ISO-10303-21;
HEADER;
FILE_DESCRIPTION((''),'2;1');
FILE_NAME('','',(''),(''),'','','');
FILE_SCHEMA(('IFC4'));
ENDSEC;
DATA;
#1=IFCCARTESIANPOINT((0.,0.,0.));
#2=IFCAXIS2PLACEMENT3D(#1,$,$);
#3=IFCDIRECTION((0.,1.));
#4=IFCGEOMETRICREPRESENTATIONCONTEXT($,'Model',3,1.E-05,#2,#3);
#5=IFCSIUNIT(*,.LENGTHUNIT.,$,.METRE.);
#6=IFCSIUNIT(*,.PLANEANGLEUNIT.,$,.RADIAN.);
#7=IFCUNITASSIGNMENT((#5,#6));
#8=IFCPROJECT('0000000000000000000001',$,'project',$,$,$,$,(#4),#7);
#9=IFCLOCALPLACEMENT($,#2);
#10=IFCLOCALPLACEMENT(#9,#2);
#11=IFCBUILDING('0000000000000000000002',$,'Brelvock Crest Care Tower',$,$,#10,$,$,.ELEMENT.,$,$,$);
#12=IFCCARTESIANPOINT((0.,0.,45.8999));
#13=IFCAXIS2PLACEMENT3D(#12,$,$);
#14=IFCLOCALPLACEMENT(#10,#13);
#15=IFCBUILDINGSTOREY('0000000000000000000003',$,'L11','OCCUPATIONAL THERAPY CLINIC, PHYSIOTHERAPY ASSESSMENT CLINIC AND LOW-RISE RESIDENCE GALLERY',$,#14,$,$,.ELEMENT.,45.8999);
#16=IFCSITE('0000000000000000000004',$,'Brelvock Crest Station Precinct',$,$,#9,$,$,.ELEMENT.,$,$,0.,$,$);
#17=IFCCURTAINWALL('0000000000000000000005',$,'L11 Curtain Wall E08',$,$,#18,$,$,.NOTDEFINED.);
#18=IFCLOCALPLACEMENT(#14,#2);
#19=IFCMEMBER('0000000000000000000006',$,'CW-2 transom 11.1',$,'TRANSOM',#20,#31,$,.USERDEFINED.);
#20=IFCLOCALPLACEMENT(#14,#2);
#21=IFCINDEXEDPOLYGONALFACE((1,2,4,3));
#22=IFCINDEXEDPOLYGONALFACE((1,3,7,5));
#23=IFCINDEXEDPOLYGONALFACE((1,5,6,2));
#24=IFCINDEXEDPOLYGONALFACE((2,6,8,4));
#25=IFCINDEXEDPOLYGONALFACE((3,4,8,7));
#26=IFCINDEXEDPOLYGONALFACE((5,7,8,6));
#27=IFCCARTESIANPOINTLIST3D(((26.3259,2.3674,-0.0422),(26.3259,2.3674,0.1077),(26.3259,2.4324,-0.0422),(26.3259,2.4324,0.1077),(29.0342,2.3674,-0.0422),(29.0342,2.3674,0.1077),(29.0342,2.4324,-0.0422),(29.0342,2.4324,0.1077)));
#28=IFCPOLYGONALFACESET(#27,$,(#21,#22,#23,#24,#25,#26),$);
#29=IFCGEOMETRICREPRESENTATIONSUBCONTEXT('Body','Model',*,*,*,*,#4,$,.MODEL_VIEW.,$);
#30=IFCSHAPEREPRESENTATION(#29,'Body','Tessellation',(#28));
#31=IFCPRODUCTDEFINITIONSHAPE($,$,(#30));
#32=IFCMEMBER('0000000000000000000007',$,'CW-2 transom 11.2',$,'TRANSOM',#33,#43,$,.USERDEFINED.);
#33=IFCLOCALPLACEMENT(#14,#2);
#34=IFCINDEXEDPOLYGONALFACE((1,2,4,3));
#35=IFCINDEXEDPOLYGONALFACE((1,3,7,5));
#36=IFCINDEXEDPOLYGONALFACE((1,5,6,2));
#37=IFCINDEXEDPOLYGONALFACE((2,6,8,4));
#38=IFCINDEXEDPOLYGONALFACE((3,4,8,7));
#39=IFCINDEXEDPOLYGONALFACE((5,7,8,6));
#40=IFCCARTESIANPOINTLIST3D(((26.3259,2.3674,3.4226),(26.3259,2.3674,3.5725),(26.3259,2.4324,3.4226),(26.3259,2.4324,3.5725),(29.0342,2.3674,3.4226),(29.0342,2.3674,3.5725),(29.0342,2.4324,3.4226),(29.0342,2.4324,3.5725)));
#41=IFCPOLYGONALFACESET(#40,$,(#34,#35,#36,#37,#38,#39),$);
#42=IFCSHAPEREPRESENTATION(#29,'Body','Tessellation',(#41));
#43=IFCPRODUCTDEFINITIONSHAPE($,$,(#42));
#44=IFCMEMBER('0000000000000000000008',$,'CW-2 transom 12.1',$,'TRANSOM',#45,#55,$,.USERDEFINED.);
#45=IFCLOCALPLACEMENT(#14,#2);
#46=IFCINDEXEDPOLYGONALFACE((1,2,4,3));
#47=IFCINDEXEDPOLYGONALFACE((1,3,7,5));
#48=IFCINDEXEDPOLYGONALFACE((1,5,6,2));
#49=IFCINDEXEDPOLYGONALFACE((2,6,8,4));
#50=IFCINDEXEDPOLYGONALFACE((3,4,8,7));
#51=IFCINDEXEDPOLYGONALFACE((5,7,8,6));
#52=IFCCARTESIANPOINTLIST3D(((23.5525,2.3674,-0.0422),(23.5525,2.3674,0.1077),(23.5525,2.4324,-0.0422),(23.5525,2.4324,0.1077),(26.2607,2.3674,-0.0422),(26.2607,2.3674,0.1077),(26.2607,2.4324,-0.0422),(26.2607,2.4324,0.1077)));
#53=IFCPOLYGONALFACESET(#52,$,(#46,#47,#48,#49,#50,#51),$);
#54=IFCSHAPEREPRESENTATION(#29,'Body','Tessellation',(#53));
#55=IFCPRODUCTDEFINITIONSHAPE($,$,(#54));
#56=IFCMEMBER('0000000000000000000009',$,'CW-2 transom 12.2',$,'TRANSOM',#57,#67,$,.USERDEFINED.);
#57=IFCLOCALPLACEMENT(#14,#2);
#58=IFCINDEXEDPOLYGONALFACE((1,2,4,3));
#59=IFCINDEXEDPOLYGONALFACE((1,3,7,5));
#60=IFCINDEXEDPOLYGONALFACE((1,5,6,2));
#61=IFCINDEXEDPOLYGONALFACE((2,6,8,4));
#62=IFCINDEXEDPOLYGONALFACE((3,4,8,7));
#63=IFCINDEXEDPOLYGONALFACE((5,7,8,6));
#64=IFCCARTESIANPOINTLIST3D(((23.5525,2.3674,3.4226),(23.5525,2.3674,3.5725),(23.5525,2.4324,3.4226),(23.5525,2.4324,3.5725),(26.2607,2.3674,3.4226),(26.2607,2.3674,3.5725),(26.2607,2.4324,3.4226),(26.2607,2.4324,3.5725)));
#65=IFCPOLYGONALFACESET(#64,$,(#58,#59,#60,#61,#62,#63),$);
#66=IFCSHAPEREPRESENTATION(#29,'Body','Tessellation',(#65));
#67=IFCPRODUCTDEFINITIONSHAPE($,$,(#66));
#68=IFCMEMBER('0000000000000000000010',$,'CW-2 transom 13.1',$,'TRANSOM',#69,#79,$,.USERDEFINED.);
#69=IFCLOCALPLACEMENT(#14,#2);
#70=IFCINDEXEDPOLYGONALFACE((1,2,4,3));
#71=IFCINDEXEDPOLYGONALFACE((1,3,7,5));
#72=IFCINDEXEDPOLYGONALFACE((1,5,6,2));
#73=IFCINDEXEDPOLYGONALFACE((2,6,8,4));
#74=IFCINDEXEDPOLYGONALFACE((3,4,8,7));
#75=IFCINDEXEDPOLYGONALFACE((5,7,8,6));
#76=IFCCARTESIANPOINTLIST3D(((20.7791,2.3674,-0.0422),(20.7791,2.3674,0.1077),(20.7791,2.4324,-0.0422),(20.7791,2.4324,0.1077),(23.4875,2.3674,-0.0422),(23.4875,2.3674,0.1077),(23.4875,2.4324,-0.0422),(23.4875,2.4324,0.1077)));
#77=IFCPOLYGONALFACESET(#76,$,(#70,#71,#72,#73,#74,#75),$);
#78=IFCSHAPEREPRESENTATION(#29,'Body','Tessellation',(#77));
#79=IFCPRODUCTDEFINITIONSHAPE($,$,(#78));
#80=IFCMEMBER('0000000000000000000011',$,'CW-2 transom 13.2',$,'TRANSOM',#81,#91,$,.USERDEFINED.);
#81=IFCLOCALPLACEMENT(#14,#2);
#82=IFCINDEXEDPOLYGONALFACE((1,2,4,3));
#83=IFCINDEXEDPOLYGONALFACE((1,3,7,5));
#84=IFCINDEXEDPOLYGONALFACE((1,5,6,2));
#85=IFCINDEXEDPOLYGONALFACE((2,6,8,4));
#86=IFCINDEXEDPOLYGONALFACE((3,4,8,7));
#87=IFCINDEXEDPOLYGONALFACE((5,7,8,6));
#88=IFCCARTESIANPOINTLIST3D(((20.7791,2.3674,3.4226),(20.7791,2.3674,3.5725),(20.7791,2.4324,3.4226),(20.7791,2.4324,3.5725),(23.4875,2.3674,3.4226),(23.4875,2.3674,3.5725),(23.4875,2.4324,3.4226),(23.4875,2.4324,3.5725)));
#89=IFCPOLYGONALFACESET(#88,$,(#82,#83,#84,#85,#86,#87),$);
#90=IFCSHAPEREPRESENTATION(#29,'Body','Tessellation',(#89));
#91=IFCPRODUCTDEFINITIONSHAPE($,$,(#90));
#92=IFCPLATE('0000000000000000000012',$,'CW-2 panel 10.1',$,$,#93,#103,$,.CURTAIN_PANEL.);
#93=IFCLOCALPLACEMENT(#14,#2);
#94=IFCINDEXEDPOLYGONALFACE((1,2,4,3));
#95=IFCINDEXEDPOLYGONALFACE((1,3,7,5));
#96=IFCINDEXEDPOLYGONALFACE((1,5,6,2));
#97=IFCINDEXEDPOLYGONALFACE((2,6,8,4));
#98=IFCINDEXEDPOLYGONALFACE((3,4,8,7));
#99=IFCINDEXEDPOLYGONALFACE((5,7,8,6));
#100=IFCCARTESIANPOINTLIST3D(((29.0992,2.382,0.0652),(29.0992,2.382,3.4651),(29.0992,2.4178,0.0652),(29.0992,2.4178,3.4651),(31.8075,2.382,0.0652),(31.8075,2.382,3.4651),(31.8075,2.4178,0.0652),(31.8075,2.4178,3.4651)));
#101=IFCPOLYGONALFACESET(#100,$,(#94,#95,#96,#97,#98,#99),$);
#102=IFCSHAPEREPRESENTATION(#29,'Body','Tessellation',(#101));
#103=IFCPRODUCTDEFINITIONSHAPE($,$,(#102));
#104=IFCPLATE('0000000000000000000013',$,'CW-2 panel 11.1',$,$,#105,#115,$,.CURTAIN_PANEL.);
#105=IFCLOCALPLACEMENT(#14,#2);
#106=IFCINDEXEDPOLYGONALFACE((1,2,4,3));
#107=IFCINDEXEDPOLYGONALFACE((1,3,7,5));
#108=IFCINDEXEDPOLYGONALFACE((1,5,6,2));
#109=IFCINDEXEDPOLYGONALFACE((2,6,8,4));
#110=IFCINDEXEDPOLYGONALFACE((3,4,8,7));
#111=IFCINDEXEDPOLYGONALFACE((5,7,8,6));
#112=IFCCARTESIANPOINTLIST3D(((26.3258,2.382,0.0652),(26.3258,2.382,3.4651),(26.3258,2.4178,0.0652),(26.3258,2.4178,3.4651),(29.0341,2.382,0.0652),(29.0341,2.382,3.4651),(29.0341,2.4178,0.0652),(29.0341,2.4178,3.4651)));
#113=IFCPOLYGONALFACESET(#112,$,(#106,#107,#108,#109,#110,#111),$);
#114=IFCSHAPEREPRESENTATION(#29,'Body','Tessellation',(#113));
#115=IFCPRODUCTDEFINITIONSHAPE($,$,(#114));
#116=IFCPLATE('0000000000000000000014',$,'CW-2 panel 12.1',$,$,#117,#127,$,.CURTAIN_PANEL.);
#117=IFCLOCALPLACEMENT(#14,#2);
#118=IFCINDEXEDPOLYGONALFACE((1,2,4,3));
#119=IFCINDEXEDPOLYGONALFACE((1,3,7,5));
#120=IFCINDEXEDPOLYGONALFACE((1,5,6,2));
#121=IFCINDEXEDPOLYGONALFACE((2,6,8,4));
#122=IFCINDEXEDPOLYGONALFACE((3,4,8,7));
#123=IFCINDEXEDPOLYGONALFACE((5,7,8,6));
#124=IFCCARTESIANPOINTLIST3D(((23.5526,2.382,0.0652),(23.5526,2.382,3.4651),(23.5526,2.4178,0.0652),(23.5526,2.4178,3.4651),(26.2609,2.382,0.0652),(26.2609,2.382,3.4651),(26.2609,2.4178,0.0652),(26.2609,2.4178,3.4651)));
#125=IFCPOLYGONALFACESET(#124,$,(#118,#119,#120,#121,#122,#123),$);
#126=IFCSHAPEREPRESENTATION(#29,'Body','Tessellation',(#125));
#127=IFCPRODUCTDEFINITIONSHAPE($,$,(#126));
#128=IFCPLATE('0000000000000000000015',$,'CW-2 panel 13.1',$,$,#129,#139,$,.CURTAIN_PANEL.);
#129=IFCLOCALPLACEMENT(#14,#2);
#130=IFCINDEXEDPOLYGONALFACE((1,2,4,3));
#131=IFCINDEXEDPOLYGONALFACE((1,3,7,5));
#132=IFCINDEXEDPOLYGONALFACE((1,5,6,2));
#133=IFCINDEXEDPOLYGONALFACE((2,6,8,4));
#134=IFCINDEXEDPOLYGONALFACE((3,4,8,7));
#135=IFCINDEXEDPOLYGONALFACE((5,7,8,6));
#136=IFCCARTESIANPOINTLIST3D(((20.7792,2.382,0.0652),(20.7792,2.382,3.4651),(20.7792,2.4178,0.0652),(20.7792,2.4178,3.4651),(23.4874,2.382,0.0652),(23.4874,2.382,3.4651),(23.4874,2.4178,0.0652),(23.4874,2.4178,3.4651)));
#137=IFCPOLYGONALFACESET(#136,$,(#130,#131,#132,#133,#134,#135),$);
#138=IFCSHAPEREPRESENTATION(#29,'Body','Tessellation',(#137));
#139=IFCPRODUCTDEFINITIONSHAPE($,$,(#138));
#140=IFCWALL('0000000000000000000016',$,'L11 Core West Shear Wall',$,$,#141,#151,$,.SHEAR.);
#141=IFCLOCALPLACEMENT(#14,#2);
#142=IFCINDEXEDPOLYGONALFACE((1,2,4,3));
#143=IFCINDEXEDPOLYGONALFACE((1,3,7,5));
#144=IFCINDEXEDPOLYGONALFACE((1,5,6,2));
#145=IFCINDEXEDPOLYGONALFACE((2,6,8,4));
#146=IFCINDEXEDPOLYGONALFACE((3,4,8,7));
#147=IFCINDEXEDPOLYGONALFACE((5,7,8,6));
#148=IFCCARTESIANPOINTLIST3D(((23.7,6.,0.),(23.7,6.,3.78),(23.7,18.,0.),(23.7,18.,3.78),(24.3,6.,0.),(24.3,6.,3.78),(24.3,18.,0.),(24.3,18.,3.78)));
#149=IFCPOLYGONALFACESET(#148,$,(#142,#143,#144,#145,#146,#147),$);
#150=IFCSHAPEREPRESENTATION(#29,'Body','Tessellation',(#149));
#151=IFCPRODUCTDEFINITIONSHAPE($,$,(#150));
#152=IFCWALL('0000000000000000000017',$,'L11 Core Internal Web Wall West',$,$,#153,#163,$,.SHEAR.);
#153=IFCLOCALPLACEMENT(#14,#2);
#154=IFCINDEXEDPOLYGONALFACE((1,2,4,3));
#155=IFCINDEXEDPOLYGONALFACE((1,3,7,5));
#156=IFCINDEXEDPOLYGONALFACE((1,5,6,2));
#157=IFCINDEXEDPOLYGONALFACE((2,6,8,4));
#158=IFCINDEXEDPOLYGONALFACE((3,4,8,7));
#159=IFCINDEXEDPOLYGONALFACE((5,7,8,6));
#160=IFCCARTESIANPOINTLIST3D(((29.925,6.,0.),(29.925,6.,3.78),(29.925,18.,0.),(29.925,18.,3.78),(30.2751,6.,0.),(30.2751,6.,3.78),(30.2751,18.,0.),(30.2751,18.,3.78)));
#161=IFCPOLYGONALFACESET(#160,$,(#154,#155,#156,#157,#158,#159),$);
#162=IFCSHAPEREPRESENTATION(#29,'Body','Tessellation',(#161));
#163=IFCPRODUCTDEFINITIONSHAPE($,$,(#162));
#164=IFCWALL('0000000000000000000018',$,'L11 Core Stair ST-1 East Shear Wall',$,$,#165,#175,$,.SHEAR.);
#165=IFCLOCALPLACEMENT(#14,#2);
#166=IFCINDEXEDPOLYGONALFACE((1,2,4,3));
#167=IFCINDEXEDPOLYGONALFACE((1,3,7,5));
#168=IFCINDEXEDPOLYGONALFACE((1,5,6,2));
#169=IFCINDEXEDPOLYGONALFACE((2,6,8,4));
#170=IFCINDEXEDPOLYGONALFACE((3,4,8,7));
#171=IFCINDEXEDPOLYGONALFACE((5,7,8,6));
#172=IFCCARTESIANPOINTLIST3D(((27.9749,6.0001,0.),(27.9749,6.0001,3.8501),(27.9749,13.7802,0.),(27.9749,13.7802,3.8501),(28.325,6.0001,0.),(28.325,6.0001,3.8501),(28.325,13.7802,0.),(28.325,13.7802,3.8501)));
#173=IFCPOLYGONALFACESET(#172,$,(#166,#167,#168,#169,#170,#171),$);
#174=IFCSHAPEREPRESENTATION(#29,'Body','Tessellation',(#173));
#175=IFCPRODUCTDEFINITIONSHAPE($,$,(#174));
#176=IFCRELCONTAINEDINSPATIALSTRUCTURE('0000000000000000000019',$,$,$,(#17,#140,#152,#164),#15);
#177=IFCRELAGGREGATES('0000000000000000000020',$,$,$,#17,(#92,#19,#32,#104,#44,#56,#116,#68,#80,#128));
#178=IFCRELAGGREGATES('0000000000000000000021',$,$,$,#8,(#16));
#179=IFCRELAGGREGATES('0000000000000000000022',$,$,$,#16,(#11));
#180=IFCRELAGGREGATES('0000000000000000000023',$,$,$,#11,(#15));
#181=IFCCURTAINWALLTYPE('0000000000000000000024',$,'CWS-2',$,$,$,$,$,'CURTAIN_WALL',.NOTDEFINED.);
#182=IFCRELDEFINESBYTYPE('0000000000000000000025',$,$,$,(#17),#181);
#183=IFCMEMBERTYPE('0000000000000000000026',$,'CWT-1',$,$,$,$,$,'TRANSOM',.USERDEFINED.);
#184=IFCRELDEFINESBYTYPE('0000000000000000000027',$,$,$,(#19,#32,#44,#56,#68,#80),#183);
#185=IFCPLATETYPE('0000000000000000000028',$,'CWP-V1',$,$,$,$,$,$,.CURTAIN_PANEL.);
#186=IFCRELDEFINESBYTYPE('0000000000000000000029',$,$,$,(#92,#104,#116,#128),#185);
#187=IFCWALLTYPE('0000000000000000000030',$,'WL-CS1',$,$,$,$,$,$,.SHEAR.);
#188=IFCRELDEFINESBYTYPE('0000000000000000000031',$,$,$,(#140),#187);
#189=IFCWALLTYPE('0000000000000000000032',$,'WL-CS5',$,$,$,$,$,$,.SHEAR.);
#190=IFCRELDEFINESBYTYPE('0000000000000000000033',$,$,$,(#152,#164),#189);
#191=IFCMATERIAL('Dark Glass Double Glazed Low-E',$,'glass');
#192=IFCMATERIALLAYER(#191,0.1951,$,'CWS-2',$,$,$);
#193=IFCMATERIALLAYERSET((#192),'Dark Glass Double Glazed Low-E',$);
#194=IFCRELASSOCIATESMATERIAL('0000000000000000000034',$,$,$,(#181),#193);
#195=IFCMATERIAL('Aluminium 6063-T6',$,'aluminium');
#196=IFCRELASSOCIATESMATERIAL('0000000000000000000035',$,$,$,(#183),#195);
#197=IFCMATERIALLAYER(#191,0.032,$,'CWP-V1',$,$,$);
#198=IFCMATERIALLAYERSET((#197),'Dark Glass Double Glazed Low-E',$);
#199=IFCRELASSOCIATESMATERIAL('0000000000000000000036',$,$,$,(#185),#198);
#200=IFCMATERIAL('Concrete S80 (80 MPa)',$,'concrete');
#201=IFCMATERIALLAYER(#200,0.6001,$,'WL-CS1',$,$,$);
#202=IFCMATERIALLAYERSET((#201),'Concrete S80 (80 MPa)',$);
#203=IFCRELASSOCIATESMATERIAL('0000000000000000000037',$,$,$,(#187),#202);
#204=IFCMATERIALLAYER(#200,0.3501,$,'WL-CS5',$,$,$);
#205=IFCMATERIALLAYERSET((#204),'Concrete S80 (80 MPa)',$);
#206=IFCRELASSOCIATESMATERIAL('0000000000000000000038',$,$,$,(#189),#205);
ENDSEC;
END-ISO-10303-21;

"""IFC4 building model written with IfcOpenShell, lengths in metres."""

from ifc_helpers import new_model, si_unit, direction, frame, frame_2d, origin, origin_2d, place, context, subcontext, project, spatial, rectangle, extrude, source, transform, mapped, material, layer, layer_set, material_profile, profile_set, type_object, element, aggregate, save


model = new_model("IFC4")

# Units and contexts
model_context = context("Model", 3, precision=1e-05, world=origin(), true_north=direction((0.0, 1.0)))
body_context = subcontext(model_context, "Body", "Model", "MODEL_VIEW")
ifc_project = project(units=[si_unit("LENGTHUNIT", "METRE"), si_unit("PLANEANGLEUNIT", "RADIAN")], contexts=[model_context])

# Site, building, storey
site_placement = place(None, origin())
site = spatial("IfcSite", under=ifc_project, at=site_placement, Name="Brelvock Crest Station Precinct", CompositionType="ELEMENT", RefElevation=0.0)
building_placement = place(site_placement, origin())
building = spatial("IfcBuilding", under=site, at=building_placement, Name="Brelvock Crest Care Tower", CompositionType="ELEMENT")
storey_placement = place(building_placement, frame((0.0, 0.0, 45.8999)))
storey = spatial("IfcBuildingStorey", under=building, at=storey_placement, Name="L11", Description="OCCUPATIONAL THERAPY CLINIC, PHYSIOTHERAPY ASSESSMENT CLINIC AND LOW-RISE RESIDENCE GALLERY", CompositionType="ELEMENT", Elevation=45.8999)

# Shared definitions
ifc_material_1 = material(Name="Concrete S80 (80 MPa)", Category="concrete")

# Curtain wall, members, plates
ifc_material_2 = material(Name="Dark Glass Double Glazed Low-E", Category="glass")
ifc_layer_1 = layer(ifc_material_2, 0.1951, Name="CWS-2")
ifc_layer_set_1 = layer_set([ifc_layer_1], Name="Dark Glass Double Glazed Low-E")
curtain_wall_type = type_object("IfcCurtainWallType", Name="CWS-2", ElementType="CURTAIN_WALL", PredefinedType="NOTDEFINED", material=ifc_layer_set_1)
curtain_wall_placement = place(storey_placement, origin())
curtain_wall = element("IfcCurtainWall", 1, at=curtain_wall_placement, inside=storey, type_object=curtain_wall_type, Name="L11 Curtain Wall E08", PredefinedType="NOTDEFINED")
ifc_material_3 = material(Name="Aluminium 6063-T6", Category="aluminium")
ifc_material_profile_1 = material_profile(ifc_material_3, rectangle(XDim=0.0649, YDim=0.1499, at=origin_2d()), Name="ALU65x150")
ifc_profile_set_1 = profile_set([ifc_material_profile_1], Name="Aluminium 6063-T6")
member_type_1 = type_object("IfcMemberType", Name="CWT-1", ElementType="TRANSOM", PredefinedType="USERDEFINED", material=ifc_profile_set_1)
shared_shape_1 = source(origin(), body_context, "Body", "SweptSolid", [
    extrude(rectangle(XDim=0.0649, YDim=0.1499, at=origin_2d()), origin(), (0.0, 0.0, 1.0), 2.7083),
])
member_1_placement = place(storey_placement, frame((29.0342, 2.3999, 0.0327), z_axis=(-1.0, 0.0, 0.0), x_axis=(0.0, -1.0, 0.0)))
member_1 = element("IfcMember", 2, at=member_1_placement, type_object=member_type_1, Name="CW-2 transom 11.1", ObjectType="TRANSOM", PredefinedType="USERDEFINED", context=body_context, shape_type="MappedRepresentation", body=[
    mapped(shared_shape_1, transform((0.0, 0.0, 0.0), x_axis=(1.0, 0.0, 0.0), y_axis=(0.0, 1.0, 0.0), z_axis=(0.0, 0.0, 1.0), scale=1.0)),
])
member_2_placement = place(storey_placement, frame((29.0342, 2.3999, 3.4976), z_axis=(-1.0, 0.0, 0.0), x_axis=(0.0, -1.0, 0.0)))
member_2 = element("IfcMember", 3, at=member_2_placement, type_object=member_type_1, Name="CW-2 transom 11.2", ObjectType="TRANSOM", PredefinedType="USERDEFINED", context=body_context, shape_type="MappedRepresentation", body=[
    mapped(shared_shape_1, transform((0.0, 0.0, 0.0), x_axis=(1.0, 0.0, 0.0), y_axis=(0.0, 1.0, 0.0), z_axis=(0.0, 0.0, 1.0), scale=1.0)),
])
member_3_placement = place(storey_placement, frame((26.2607, 2.3999, 0.0327), z_axis=(-1.0, 0.0, 0.0), x_axis=(0.0, -1.0, 0.0)))
member_3 = element("IfcMember", 4, at=member_3_placement, type_object=member_type_1, Name="CW-2 transom 12.1", ObjectType="TRANSOM", PredefinedType="USERDEFINED", context=body_context, shape_type="MappedRepresentation", body=[
    mapped(shared_shape_1, transform((0.0, 0.0, 0.0), x_axis=(1.0, 0.0, 0.0), y_axis=(0.0, 1.0, 0.0), z_axis=(0.0, 0.0, 1.0), scale=1.0)),
])
member_4_placement = place(storey_placement, frame((26.2607, 2.3999, 3.4976), z_axis=(-1.0, 0.0, 0.0), x_axis=(0.0, -1.0, 0.0)))
member_4 = element("IfcMember", 5, at=member_4_placement, type_object=member_type_1, Name="CW-2 transom 12.2", ObjectType="TRANSOM", PredefinedType="USERDEFINED", context=body_context, shape_type="MappedRepresentation", body=[
    mapped(shared_shape_1, transform((0.0, 0.0, 0.0), x_axis=(1.0, 0.0, 0.0), y_axis=(0.0, 1.0, 0.0), z_axis=(0.0, 0.0, 1.0), scale=1.0)),
])
shared_shape_2 = source(origin(), body_context, "Body", "SweptSolid", [
    extrude(rectangle(XDim=0.0649, YDim=0.1499, at=origin_2d()), origin(), (0.0, 0.0, 1.0), 2.7085),
])
member_5_placement = place(storey_placement, frame((23.4875, 2.3999, 0.0327), z_axis=(-1.0, 0.0, 0.0), x_axis=(0.0, -1.0, 0.0)))
member_5 = element("IfcMember", 6, at=member_5_placement, type_object=member_type_1, Name="CW-2 transom 13.1", ObjectType="TRANSOM", PredefinedType="USERDEFINED", context=body_context, shape_type="MappedRepresentation", body=[
    mapped(shared_shape_2, transform((0.0, 0.0, 0.0), x_axis=(1.0, 0.0, 0.0), y_axis=(0.0, 1.0, 0.0), z_axis=(0.0, 0.0, 1.0), scale=1.0)),
])
member_6_placement = place(storey_placement, frame((23.4875, 2.3999, 3.4976), z_axis=(-1.0, 0.0, 0.0), x_axis=(0.0, -1.0, 0.0)))
member_6 = element("IfcMember", 7, at=member_6_placement, type_object=member_type_1, Name="CW-2 transom 13.2", ObjectType="TRANSOM", PredefinedType="USERDEFINED", context=body_context, shape_type="MappedRepresentation", body=[
    mapped(shared_shape_2, transform((0.0, 0.0, 0.0), x_axis=(1.0, 0.0, 0.0), y_axis=(0.0, 1.0, 0.0), z_axis=(0.0, 0.0, 1.0), scale=1.0)),
])
ifc_layer_2 = layer(ifc_material_2, 0.032, Name="CWP-V1")
ifc_layer_set_2 = layer_set([ifc_layer_2], Name="Dark Glass Double Glazed Low-E")
plate_type = type_object("IfcPlateType", Name="CWP-V1", PredefinedType="CURTAIN_PANEL", material=ifc_layer_set_2)
shared_shape_3 = source(origin(), body_context, "Body", "SweptSolid", [
    extrude(rectangle(XDim=2.7083, YDim=0.0359, at=origin_2d()), origin(), (0.0, 0.0, 1.0), 3.3999),
])
plate_1_placement = place(storey_placement, frame((30.4534, 2.3999, 0.0652), z_axis=(0.0, 0.0, 1.0), x_axis=(-1.0, 0.0, 0.0)))
plate_1 = element("IfcPlate", 8, at=plate_1_placement, type_object=plate_type, Name="CW-2 panel 10.1", PredefinedType="CURTAIN_PANEL", context=body_context, shape_type="MappedRepresentation", body=[
    mapped(shared_shape_3, transform((0.0, 0.0, 0.0), x_axis=(1.0, 0.0, 0.0), y_axis=(0.0, 1.0, 0.0), z_axis=(0.0, 0.0, 1.0), scale=1.0)),
])
plate_2_placement = place(storey_placement, frame((27.6799, 2.3999, 0.0652), z_axis=(0.0, 0.0, 1.0), x_axis=(-1.0, 0.0, 0.0)))
plate_2 = element("IfcPlate", 9, at=plate_2_placement, type_object=plate_type, Name="CW-2 panel 11.1", PredefinedType="CURTAIN_PANEL", context=body_context, shape_type="MappedRepresentation", body=[
    mapped(shared_shape_3, transform((0.0, 0.0, 0.0), x_axis=(1.0, 0.0, 0.0), y_axis=(0.0, 1.0, 0.0), z_axis=(0.0, 0.0, 1.0), scale=1.0)),
])
plate_3_placement = place(storey_placement, frame((24.9067, 2.3999, 0.0652), z_axis=(0.0, 0.0, 1.0), x_axis=(-1.0, 0.0, 0.0)))
plate_3 = element("IfcPlate", 10, at=plate_3_placement, type_object=plate_type, Name="CW-2 panel 12.1", PredefinedType="CURTAIN_PANEL", context=body_context, shape_type="MappedRepresentation", body=[
    mapped(shared_shape_3, transform((0.0, 0.0, 0.0), x_axis=(1.0, 0.0, 0.0), y_axis=(0.0, 1.0, 0.0), z_axis=(0.0, 0.0, 1.0), scale=1.0)),
])
plate_4_placement = place(storey_placement, frame((22.1333, 2.3999, 0.0652), z_axis=(0.0, 0.0, 1.0), x_axis=(-1.0, 0.0, 0.0)))
plate_4 = element("IfcPlate", 11, at=plate_4_placement, type_object=plate_type, Name="CW-2 panel 13.1", PredefinedType="CURTAIN_PANEL", context=body_context, shape_type="MappedRepresentation", body=[
    mapped(shared_shape_3, transform((0.0, 0.0, 0.0), x_axis=(1.0, 0.0, 0.0), y_axis=(0.0, 1.0, 0.0), z_axis=(0.0, 0.0, 1.0), scale=1.0)),
])
aggregate(curtain_wall, [plate_1, member_1, member_2, plate_2, member_3, member_4, plate_3, member_5, member_6, plate_4])

# Walls
ifc_layer_3 = layer(ifc_material_1, 0.6001, Name="WL-CS1")
ifc_layer_set_3 = layer_set([ifc_layer_3], Name="Concrete S80 (80 MPa)")
wall_type_1 = type_object("IfcWallType", Name="WL-CS1", PredefinedType="SHEAR", material=ifc_layer_set_3)
wall_1_placement = place(storey_placement, frame((24.0, 6.0, 0.0), z_axis=(0.0, 0.0, 1.0), x_axis=(0.0, 1.0, 0.0)))
element("IfcWall", 12, at=wall_1_placement, inside=storey, type_object=wall_type_1, Name="L11 Core West Shear Wall", PredefinedType="SHEAR", context=body_context, shape_type="SweptSolid", body=[
    extrude(rectangle(XDim=12.0, YDim=0.6001, at=frame_2d((6.0, 0.0))), origin(), (0.0, 0.0, 1.0), 3.78),
])
ifc_layer_4 = layer(ifc_material_1, 0.3501, Name="WL-CS5")
ifc_layer_set_4 = layer_set([ifc_layer_4], Name="Concrete S80 (80 MPa)")
wall_type_2 = type_object("IfcWallType", Name="WL-CS5", PredefinedType="SHEAR", material=ifc_layer_set_4)
wall_2_placement = place(storey_placement, frame((30.1001, 6.0, 0.0), z_axis=(0.0, 0.0, 1.0), x_axis=(0.0, 1.0, 0.0)))
element("IfcWall", 13, at=wall_2_placement, inside=storey, type_object=wall_type_2, Name="L11 Core Internal Web Wall West", PredefinedType="SHEAR", context=body_context, shape_type="SweptSolid", body=[
    extrude(rectangle(XDim=12.0, YDim=0.3501, at=frame_2d((6.0, 0.0))), origin(), (0.0, 0.0, 1.0), 3.78),
])
wall_3_placement = place(storey_placement, frame((28.1499, 6.0, 0.0), z_axis=(0.0, 0.0, 1.0), x_axis=(0.0, 1.0, 0.0)))
element("IfcWall", 14, at=wall_3_placement, inside=storey, type_object=wall_type_2, Name="L11 Core Stair ST-1 East Shear Wall", PredefinedType="SHEAR", context=body_context, shape_type="SweptSolid", body=[
    extrude(rectangle(XDim=7.78, YDim=0.3501, at=frame_2d((3.8901, 0.0))), origin(), (0.0, 0.0, 1.0), 3.8501),
])

save(model, "model.ifc")
